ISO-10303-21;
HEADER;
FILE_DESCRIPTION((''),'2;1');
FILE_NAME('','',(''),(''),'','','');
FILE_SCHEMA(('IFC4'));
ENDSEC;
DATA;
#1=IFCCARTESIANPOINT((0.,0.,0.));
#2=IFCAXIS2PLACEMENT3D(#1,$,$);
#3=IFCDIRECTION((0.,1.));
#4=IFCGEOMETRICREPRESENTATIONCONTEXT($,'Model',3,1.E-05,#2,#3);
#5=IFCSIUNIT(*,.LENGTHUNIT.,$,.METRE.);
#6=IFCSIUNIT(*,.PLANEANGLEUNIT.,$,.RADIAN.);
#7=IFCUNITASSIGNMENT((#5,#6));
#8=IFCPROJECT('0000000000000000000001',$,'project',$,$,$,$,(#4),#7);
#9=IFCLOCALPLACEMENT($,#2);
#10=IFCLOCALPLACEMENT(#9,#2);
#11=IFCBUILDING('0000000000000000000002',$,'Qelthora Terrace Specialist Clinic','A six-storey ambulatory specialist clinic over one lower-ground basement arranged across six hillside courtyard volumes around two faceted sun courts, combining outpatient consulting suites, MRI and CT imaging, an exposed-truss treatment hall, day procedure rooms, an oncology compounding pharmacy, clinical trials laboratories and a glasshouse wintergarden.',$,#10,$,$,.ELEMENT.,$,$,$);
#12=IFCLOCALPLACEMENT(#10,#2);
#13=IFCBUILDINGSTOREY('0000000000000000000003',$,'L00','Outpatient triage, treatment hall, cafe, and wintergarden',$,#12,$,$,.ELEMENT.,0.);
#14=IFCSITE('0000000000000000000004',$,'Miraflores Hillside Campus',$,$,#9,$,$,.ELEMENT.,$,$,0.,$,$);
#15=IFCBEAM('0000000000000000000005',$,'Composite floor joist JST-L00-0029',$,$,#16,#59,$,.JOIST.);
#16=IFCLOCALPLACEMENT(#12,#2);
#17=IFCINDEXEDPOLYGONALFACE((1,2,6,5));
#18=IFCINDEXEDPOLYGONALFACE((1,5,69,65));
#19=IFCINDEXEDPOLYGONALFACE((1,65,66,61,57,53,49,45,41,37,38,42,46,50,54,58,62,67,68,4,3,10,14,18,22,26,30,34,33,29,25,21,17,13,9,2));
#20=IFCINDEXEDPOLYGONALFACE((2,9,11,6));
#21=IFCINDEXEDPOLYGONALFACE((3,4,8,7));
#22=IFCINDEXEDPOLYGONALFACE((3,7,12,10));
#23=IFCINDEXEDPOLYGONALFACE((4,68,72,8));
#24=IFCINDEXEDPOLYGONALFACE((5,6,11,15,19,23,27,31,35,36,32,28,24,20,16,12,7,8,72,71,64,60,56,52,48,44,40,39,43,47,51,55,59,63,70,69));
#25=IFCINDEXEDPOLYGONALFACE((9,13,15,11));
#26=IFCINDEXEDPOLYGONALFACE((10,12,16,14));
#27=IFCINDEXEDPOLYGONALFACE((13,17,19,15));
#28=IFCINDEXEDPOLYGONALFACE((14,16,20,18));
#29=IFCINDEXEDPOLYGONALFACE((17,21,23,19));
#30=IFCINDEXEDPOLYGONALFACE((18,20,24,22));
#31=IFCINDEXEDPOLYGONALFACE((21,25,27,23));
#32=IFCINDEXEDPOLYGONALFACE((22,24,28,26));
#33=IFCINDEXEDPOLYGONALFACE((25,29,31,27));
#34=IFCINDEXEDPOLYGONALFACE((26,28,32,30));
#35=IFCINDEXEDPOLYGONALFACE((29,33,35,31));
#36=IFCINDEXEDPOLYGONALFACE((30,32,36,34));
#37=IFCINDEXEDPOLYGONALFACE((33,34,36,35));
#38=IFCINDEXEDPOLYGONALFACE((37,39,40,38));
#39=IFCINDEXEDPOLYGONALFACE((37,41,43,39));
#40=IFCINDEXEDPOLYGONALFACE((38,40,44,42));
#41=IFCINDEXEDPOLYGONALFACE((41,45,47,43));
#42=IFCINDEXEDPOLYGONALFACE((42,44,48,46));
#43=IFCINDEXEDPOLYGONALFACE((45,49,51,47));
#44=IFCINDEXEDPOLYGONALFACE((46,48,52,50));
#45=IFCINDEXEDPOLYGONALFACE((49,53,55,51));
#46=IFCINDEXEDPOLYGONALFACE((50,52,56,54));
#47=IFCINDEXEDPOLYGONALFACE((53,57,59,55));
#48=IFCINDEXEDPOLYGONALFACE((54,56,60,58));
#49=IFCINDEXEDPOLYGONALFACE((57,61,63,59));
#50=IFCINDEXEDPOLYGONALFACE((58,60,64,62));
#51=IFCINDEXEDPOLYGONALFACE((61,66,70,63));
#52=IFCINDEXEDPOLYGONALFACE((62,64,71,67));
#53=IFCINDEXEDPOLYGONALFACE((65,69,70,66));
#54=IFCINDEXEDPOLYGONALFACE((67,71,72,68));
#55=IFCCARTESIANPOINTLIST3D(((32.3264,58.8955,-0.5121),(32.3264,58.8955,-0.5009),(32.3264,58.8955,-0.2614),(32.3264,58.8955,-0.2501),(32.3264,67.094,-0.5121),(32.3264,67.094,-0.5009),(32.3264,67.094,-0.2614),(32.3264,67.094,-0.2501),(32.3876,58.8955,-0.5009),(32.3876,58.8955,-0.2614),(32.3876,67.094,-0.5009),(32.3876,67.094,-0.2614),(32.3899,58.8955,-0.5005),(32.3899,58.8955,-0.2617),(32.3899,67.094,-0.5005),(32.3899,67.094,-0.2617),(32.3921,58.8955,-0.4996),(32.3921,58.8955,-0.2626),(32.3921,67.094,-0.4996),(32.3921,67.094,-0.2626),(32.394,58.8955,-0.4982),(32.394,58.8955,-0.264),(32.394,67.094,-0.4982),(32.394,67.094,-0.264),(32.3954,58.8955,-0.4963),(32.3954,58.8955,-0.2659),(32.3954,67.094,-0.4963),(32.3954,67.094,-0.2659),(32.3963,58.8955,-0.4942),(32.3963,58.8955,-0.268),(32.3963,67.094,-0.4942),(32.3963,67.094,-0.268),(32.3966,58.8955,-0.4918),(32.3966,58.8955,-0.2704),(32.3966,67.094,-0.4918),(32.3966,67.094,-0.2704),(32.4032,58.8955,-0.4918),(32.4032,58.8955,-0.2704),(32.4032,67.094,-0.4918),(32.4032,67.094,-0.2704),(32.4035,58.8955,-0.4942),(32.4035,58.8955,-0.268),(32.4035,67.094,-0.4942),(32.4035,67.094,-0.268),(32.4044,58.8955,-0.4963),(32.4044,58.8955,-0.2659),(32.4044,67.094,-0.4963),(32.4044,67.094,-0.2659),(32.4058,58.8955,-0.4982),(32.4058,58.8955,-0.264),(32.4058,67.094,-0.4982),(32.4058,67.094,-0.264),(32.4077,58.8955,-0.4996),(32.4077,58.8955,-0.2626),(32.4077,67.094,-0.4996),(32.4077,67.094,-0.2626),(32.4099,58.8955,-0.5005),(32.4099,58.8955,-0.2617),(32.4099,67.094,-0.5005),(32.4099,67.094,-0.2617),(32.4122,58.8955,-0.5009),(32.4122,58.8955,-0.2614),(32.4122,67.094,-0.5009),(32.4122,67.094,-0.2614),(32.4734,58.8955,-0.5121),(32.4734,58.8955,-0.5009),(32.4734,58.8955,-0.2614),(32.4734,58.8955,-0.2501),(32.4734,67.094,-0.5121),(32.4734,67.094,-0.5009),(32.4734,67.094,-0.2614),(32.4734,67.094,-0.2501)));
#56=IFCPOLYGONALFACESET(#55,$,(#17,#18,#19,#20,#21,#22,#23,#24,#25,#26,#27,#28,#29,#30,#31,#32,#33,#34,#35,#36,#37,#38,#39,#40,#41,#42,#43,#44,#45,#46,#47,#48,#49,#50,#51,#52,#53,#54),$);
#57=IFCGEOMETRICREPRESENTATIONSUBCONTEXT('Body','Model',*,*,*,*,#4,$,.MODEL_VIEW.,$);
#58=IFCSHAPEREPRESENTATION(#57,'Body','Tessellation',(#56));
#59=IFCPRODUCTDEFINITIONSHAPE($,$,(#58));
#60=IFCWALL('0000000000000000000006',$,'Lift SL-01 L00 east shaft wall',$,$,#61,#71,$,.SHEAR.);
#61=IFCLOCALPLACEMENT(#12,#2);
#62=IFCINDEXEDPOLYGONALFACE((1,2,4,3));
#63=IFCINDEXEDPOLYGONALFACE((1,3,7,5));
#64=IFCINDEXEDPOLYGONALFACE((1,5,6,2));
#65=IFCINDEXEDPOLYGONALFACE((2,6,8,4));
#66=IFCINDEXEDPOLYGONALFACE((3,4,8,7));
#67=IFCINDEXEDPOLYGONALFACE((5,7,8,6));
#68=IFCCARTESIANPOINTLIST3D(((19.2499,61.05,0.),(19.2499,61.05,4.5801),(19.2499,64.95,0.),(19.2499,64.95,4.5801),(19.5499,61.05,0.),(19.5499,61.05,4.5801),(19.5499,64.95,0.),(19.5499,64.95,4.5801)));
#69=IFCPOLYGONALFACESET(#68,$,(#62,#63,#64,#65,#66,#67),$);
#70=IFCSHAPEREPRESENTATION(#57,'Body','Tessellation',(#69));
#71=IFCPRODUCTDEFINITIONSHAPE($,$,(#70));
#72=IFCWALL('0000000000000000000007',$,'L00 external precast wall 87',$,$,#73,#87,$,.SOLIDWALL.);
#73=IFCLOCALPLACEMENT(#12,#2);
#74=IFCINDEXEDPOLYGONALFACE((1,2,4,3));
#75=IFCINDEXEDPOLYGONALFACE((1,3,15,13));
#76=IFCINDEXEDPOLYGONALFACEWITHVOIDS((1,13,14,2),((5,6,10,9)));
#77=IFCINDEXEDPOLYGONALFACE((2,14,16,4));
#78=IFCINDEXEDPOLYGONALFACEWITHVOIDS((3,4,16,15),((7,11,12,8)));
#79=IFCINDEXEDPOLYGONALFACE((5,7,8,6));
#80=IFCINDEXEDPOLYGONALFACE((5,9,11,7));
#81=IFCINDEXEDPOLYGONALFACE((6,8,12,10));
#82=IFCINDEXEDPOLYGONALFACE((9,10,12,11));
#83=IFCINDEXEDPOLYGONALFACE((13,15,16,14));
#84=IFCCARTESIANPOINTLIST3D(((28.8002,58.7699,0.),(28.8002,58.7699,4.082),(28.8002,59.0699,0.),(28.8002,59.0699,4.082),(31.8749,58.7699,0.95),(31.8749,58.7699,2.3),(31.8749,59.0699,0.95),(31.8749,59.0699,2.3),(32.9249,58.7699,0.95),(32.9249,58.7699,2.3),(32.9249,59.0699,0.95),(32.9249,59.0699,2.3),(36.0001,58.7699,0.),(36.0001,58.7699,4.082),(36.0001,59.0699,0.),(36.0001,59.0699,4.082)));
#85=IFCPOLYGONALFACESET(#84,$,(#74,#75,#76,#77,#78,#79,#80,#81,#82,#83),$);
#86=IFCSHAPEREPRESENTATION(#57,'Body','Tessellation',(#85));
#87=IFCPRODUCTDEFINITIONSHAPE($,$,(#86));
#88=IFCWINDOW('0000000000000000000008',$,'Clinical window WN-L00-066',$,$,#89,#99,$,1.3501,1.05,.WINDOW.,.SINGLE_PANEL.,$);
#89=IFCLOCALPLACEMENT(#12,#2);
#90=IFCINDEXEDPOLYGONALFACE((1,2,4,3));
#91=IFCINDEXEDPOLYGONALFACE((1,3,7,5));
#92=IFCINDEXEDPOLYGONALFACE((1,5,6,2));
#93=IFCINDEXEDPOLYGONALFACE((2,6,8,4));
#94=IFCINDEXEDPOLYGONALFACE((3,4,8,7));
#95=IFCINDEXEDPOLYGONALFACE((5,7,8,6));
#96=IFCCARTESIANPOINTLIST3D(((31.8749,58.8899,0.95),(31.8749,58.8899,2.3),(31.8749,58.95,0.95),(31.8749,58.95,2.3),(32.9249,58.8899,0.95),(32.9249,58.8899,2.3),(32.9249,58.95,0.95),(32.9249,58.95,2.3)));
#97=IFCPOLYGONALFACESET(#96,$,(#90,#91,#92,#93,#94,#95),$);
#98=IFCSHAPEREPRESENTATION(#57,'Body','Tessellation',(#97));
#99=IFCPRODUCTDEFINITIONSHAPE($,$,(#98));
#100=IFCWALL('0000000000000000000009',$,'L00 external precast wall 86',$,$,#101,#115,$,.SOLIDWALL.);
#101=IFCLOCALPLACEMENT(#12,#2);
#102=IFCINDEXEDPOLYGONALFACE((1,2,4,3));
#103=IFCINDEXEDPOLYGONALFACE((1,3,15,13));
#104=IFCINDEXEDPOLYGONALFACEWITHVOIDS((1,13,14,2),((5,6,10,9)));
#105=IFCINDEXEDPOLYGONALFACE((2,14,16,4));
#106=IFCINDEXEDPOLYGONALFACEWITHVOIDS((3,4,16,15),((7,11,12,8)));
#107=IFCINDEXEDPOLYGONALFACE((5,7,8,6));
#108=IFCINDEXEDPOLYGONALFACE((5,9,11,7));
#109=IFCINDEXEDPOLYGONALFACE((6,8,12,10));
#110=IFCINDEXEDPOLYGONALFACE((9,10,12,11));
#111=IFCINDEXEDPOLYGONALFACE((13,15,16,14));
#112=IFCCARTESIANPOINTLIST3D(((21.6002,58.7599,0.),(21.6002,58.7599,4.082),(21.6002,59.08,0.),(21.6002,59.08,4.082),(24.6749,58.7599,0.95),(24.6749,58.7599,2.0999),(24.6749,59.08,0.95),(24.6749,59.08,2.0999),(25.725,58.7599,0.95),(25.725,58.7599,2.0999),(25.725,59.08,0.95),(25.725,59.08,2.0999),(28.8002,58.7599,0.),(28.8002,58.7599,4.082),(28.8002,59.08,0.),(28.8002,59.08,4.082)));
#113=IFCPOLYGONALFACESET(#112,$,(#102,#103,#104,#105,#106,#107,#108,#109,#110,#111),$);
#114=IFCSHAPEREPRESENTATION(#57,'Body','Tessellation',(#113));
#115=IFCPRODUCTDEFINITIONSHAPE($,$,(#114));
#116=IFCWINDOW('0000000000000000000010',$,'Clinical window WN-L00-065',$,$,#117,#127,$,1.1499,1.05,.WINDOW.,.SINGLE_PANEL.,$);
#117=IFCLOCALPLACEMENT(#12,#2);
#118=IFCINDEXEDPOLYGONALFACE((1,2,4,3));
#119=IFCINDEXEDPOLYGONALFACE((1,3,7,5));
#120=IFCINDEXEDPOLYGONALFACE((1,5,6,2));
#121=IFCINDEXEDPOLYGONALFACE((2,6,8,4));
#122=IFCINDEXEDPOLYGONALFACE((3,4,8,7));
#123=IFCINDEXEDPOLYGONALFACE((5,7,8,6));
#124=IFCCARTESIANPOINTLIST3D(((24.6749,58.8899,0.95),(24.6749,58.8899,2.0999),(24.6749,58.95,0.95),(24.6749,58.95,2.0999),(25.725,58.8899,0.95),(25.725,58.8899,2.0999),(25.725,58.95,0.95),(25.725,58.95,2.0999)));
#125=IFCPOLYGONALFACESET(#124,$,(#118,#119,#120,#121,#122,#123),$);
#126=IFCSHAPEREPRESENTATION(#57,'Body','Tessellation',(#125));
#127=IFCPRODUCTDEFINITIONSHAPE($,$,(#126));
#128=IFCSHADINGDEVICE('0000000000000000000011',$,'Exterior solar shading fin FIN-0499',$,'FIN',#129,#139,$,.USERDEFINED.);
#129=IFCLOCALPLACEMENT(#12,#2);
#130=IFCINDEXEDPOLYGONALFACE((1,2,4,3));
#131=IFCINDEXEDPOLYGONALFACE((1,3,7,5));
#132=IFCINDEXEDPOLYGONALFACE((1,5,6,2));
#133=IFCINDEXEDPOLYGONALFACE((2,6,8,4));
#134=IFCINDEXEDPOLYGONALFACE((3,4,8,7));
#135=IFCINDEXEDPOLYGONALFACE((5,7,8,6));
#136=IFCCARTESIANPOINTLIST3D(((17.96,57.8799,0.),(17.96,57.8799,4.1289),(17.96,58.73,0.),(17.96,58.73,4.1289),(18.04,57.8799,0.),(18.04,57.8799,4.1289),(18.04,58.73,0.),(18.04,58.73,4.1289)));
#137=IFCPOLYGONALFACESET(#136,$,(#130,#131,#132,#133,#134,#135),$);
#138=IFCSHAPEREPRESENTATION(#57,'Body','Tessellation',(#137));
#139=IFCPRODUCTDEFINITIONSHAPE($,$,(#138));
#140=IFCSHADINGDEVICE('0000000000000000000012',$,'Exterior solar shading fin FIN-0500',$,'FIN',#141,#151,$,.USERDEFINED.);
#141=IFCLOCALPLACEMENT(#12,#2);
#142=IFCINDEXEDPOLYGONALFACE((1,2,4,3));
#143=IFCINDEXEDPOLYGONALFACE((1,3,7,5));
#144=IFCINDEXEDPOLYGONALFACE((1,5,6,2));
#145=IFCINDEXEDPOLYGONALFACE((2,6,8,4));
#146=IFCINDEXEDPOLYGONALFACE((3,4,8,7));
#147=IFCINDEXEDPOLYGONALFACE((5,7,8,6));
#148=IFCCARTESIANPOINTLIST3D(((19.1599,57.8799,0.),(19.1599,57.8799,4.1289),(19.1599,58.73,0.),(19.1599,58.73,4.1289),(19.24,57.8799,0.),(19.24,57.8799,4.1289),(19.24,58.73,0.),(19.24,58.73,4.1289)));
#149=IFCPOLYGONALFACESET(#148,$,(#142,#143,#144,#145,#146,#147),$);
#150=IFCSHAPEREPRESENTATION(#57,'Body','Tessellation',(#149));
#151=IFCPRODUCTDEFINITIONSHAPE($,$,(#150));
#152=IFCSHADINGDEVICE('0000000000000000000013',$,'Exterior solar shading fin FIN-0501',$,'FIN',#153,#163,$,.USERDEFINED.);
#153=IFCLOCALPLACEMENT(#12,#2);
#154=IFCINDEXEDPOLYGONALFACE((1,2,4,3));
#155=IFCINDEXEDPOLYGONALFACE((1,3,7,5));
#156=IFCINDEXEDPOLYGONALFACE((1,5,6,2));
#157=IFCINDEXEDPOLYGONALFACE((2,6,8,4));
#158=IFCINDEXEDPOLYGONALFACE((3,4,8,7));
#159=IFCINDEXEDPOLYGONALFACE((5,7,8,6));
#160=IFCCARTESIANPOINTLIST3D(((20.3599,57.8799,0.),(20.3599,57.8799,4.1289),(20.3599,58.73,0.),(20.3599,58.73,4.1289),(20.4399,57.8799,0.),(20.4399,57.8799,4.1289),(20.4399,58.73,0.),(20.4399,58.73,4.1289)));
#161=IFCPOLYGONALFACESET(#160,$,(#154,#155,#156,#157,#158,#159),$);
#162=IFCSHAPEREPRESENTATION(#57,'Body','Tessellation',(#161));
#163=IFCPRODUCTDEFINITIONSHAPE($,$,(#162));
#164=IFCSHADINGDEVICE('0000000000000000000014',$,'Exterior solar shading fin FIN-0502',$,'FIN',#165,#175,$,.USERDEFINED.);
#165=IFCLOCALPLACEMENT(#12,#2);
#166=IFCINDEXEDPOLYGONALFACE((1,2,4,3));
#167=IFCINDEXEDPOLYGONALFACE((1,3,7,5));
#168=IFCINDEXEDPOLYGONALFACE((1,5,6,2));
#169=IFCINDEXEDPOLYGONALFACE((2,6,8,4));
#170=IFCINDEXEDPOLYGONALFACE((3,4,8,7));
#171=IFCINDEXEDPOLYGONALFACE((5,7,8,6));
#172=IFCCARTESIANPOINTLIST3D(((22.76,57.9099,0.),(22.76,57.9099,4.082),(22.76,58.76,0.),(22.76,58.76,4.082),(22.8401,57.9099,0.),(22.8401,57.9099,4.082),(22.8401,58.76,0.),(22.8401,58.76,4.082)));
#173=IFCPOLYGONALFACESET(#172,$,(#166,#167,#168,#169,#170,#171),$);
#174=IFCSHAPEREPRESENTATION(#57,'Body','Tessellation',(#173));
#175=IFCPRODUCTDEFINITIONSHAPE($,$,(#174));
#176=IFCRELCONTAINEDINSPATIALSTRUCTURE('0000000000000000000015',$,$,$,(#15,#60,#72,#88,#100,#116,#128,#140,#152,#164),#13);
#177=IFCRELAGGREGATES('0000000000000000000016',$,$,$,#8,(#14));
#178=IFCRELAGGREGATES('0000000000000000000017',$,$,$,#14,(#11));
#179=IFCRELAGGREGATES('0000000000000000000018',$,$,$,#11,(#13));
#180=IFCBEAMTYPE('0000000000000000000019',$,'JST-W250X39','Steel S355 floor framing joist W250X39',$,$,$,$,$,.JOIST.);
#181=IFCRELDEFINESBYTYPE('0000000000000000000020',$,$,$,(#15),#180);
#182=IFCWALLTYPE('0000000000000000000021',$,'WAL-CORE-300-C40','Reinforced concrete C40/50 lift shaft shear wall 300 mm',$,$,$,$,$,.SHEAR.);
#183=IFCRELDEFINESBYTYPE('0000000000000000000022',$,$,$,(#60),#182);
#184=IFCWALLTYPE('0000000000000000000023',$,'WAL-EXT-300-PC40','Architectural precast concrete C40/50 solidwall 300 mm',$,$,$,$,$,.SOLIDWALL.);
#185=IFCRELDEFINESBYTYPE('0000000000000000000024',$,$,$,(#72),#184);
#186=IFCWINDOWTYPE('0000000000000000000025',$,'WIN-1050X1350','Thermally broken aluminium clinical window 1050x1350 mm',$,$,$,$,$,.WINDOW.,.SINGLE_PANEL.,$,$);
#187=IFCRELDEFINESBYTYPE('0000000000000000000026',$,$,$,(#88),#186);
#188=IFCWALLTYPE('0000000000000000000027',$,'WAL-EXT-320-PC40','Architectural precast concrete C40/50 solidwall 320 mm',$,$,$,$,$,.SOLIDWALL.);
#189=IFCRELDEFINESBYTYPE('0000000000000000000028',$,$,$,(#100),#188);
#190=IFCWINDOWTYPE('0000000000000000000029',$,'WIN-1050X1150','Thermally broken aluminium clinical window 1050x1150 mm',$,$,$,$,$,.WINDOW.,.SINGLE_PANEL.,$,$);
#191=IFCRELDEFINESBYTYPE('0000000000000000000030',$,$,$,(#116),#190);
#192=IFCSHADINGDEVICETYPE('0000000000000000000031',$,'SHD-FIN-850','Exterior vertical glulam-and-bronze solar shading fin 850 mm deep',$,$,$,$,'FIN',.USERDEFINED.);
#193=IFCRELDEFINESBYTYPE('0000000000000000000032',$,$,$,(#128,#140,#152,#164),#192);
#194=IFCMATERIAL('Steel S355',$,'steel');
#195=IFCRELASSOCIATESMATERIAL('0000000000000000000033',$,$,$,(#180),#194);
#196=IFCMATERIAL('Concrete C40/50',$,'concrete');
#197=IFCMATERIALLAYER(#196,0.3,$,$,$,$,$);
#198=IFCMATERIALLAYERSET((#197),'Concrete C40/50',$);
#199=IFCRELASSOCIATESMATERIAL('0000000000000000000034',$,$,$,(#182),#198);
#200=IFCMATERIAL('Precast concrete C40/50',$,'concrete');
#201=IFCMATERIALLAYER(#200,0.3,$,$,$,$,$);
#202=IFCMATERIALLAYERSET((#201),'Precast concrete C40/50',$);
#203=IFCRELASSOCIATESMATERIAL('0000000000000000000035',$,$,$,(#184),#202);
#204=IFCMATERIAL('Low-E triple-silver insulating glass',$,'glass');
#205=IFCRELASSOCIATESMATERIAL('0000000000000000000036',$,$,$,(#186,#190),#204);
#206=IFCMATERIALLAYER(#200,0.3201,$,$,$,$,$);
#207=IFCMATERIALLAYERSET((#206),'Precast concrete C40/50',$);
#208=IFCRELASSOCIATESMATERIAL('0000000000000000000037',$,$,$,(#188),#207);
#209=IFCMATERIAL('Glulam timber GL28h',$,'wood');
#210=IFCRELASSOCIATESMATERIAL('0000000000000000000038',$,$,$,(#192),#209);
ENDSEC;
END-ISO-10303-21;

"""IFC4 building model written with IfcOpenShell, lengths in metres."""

from ifc_helpers import new_model, si_unit, direction, frame, frame_2d, origin, origin_2d, place, context, subcontext, project, spatial, rectangle, i_section, extrude, material, layer, layer_set, material_profile, profile_set, type_object, element, fill, save


model = new_model("IFC4")

# Units and contexts
model_context = context("Model", 3, precision=1e-05, world=origin(), true_north=direction((0.0, 1.0)))
body_context = subcontext(model_context, "Body", "Model", "MODEL_VIEW")
ifc_project = project(units=[si_unit("LENGTHUNIT", "METRE"), si_unit("PLANEANGLEUNIT", "RADIAN")], contexts=[model_context])

# Site, building, storey
site_placement = place(None, origin())
site = spatial("IfcSite", under=ifc_project, at=site_placement, Name="Miraflores Hillside Campus", CompositionType="ELEMENT", RefElevation=0.0)
building_placement = place(site_placement, origin())
building = spatial("IfcBuilding", under=site, at=building_placement, Name="Qelthora Terrace Specialist Clinic", Description="A six-storey ambulatory specialist clinic over one lower-ground basement arranged across six hillside courtyard volumes around two faceted sun courts, combining outpatient consulting suites, MRI and CT imaging, an exposed-truss treatment hall, day procedure rooms, an oncology compounding pharmacy, clinical trials laboratories and a glasshouse wintergarden.", CompositionType="ELEMENT")
storey_placement = place(building_placement, origin())
storey = spatial("IfcBuildingStorey", under=building, at=storey_placement, Name="L00", Description="Outpatient triage, treatment hall, cafe, and wintergarden", CompositionType="ELEMENT", Elevation=0.0)

# Shared definitions
ifc_material_1 = material(Name="Steel S355", Category="steel")

# Beam
ifc_material_profile_1 = material_profile(ifc_material_1, i_section(OverallWidth=0.147, OverallDepth=0.262, WebThickness=0.0066, FlangeThickness=0.0112, FilletRadius=0.009, at=origin_2d()), Name="W250X39")
ifc_profile_set_1 = profile_set([ifc_material_profile_1], Name="Steel S355")
beam_type_1 = type_object("IfcBeamType", Name="JST-W250X39", Description="Steel S355 floor framing joist W250X39", PredefinedType="JOIST", material=ifc_profile_set_1)
beam_1_placement = place(storey_placement, frame((32.3999, 58.8955, -0.3811), z_axis=(0.0, 1.0, 0.0), x_axis=(-1.0, 0.0, 0.0)))
element("IfcBeam", 1, at=beam_1_placement, inside=storey, type_object=beam_type_1, Name="Composite floor joist JST-L00-0029", PredefinedType="JOIST", context=body_context, shape_type="SweptSolid", body=[
    extrude(i_section(OverallWidth=0.147, OverallDepth=0.262, WebThickness=0.0066, FlangeThickness=0.0112, FilletRadius=0.009, at=origin_2d()), origin(), (0.0, 0.0, 1.0), 8.1985),
])

# Wall
ifc_material_2 = material(Name="Concrete C40/50", Category="concrete")
ifc_layer_1 = layer(ifc_material_2, 0.3)
ifc_layer_set_1 = layer_set([ifc_layer_1], Name="Concrete C40/50")
wall_type_1 = type_object("IfcWallType", Name="WAL-CORE-300-C40", Description="Reinforced concrete C40/50 lift shaft shear wall 300 mm", PredefinedType="SHEAR", material=ifc_layer_set_1)
wall_1_placement = place(storey_placement, frame((19.3999, 61.05, 0.0), z_axis=(0.0, 0.0, 1.0), x_axis=(0.0, 1.0, 0.0)))
element("IfcWall", 2, at=wall_1_placement, inside=storey, type_object=wall_type_1, Name="Lift SL-01 L00 east shaft wall", PredefinedType="SHEAR", context=body_context, shape_type="SweptSolid", body=[
    extrude(rectangle(XDim=3.8999, YDim=0.3, at=frame_2d((1.95, 0.0))), origin(), (0.0, 0.0, 1.0), 4.5801),
])

# Walls, openings, windows
ifc_material_3 = material(Name="Precast concrete C40/50", Category="concrete")
ifc_layer_2 = layer(ifc_material_3, 0.3)
ifc_layer_set_2 = layer_set([ifc_layer_2], Name="Precast concrete C40/50")
wall_type_2 = type_object("IfcWallType", Name="WAL-EXT-300-PC40", Description="Architectural precast concrete C40/50 solidwall 300 mm", PredefinedType="SOLIDWALL", material=ifc_layer_set_2)
wall_2_placement = place(storey_placement, frame((28.8, 58.9199, 0.0), z_axis=(0.0, 0.0, 1.0), x_axis=(1.0, 0.0, 0.0)))
wall_2 = element("IfcWall", 3, at=wall_2_placement, inside=storey, type_object=wall_type_2, Name="L00 external precast wall 87", PredefinedType="SOLIDWALL", context=body_context, shape_type="SweptSolid", body=[
    extrude(rectangle(XDim=7.2, YDim=0.3, at=frame_2d((3.6001, 0.0))), origin(), (0.0, 0.0, 1.0), 4.082),
])
opening_1_placement = place(wall_2_placement, frame((3.075, 0.0, 0.95)))
opening_1 = element("IfcOpeningElement", 4, at=opening_1_placement, cuts=wall_2, PredefinedType="OPENING", context=body_context, shape_type="SweptSolid", body=[
    extrude(rectangle(XDim=1.05, YDim=1.3501, at=frame_2d((0.5249, 0.675))), frame((0.0, 0.1599, 0.0), z_axis=(0.0, -1.0, 0.0), x_axis=(1.0, 0.0, 0.0)), (0.0, 0.0, 1.0), 0.3201),
])
ifc_material_4 = material(Name="Low-E triple-silver insulating glass", Category="glass")
window_type_1 = type_object("IfcWindowType", Name="WIN-1050X1350", Description="Thermally broken aluminium clinical window 1050x1350 mm", PartitioningType="SINGLE_PANEL", PredefinedType="WINDOW", material=ifc_material_4)
window_1_placement = place(opening_1_placement, origin())
window_1 = element("IfcWindow", 5, at=window_1_placement, inside=storey, type_object=window_type_1, Name="Clinical window WN-L00-066", OverallHeight=1.3501, OverallWidth=1.05, PartitioningType="SINGLE_PANEL", PredefinedType="WINDOW", context=body_context, shape_type="SweptSolid", body=[
    extrude(rectangle(XDim=1.05, YDim=1.3501, at=frame_2d((0.5249, 0.675))), frame((0.0, 0.03, 0.0), z_axis=(0.0, -1.0, 0.0), x_axis=(1.0, 0.0, 0.0)), (0.0, 0.0, 1.0), 0.0601),
])
fill(opening_1, window_1)
ifc_layer_3 = layer(ifc_material_3, 0.3201)
ifc_layer_set_3 = layer_set([ifc_layer_3], Name="Precast concrete C40/50")
wall_type_3 = type_object("IfcWallType", Name="WAL-EXT-320-PC40", Description="Architectural precast concrete C40/50 solidwall 320 mm", PredefinedType="SOLIDWALL", material=ifc_layer_set_3)
wall_3_placement = place(storey_placement, frame((21.6001, 58.9199, 0.0), z_axis=(0.0, 0.0, 1.0), x_axis=(1.0, 0.0, 0.0)))
wall_3 = element("IfcWall", 6, at=wall_3_placement, inside=storey, type_object=wall_type_3, Name="L00 external precast wall 86", PredefinedType="SOLIDWALL", context=body_context, shape_type="SweptSolid", body=[
    extrude(rectangle(XDim=7.2, YDim=0.3201, at=frame_2d((3.6001, 0.0))), origin(), (0.0, 0.0, 1.0), 4.082),
])
opening_2_placement = place(wall_3_placement, frame((3.075, 0.0, 0.95)))
opening_2 = element("IfcOpeningElement", 7, at=opening_2_placement, cuts=wall_3, PredefinedType="OPENING", context=body_context, shape_type="SweptSolid", body=[
    extrude(rectangle(XDim=1.05, YDim=1.1499, at=frame_2d((0.5249, 0.575))), frame((0.0, 0.1699, 0.0), z_axis=(0.0, -1.0, 0.0), x_axis=(1.0, 0.0, 0.0)), (0.0, 0.0, 1.0), 0.3401),
])
window_type_2 = type_object("IfcWindowType", Name="WIN-1050X1150", Description="Thermally broken aluminium clinical window 1050x1150 mm", PartitioningType="SINGLE_PANEL", PredefinedType="WINDOW", material=ifc_material_4)
window_2_placement = place(opening_2_placement, origin())
window_2 = element("IfcWindow", 8, at=window_2_placement, inside=storey, type_object=window_type_2, Name="Clinical window WN-L00-065", OverallHeight=1.1499, OverallWidth=1.05, PartitioningType="SINGLE_PANEL", PredefinedType="WINDOW", context=body_context, shape_type="SweptSolid", body=[
    extrude(rectangle(XDim=1.05, YDim=1.1499, at=frame_2d((0.5249, 0.575))), frame((0.0, 0.03, 0.0), z_axis=(0.0, -1.0, 0.0), x_axis=(1.0, 0.0, 0.0)), (0.0, 0.0, 1.0), 0.0601),
])
fill(opening_2, window_2)

# Shading devices
ifc_material_5 = material(Name="Glulam timber GL28h", Category="wood")
shading_device_type = type_object("IfcShadingDeviceType", Name="SHD-FIN-850", Description="Exterior vertical glulam-and-bronze solar shading fin 850 mm deep", ElementType="FIN", PredefinedType="USERDEFINED", material=ifc_material_5)
for number, where, z_axis, x_axis, name in (
    (9, (18.0, 58.3049, 0.0), (0.0, 0.0, 1.0), (0.0, -1.0, 0.0), "Exterior solar shading fin FIN-0499"),
    (10, (19.2, 58.3049, 0.0), (0.0, 0.0, 1.0), (0.0, -1.0, 0.0), "Exterior solar shading fin FIN-0500"),
    (11, (20.3999, 58.3049, 0.0), (0.0, 0.0, 1.0), (0.0, -1.0, 0.0), "Exterior solar shading fin FIN-0501"),
):
    element("IfcShadingDevice", number, at=place(storey_placement, frame(where, z_axis=z_axis, x_axis=x_axis)), inside=storey, type_object=shading_device_type, Name=name, ObjectType="FIN", PredefinedType="USERDEFINED", context=body_context, shape_type="SweptSolid", body=[
        extrude(rectangle(XDim=0.8501, YDim=0.0801, at=origin_2d()), origin(), (0.0, 0.0, 1.0), 4.1289),
    ])
for number, where, z_axis, x_axis, name in (
    (12, (22.8, 58.335, 0.0), (0.0, 0.0, 1.0), (0.0, -1.0, 0.0), "Exterior solar shading fin FIN-0502"),
):
    element("IfcShadingDevice", number, at=place(storey_placement, frame(where, z_axis=z_axis, x_axis=x_axis)), inside=storey, type_object=shading_device_type, Name=name, ObjectType="FIN", PredefinedType="USERDEFINED", context=body_context, shape_type="SweptSolid", body=[
        extrude(rectangle(XDim=0.8501, YDim=0.0801, at=origin_2d()), origin(), (0.0, 0.0, 1.0), 4.082),
    ])

save(model, "model.ifc")
